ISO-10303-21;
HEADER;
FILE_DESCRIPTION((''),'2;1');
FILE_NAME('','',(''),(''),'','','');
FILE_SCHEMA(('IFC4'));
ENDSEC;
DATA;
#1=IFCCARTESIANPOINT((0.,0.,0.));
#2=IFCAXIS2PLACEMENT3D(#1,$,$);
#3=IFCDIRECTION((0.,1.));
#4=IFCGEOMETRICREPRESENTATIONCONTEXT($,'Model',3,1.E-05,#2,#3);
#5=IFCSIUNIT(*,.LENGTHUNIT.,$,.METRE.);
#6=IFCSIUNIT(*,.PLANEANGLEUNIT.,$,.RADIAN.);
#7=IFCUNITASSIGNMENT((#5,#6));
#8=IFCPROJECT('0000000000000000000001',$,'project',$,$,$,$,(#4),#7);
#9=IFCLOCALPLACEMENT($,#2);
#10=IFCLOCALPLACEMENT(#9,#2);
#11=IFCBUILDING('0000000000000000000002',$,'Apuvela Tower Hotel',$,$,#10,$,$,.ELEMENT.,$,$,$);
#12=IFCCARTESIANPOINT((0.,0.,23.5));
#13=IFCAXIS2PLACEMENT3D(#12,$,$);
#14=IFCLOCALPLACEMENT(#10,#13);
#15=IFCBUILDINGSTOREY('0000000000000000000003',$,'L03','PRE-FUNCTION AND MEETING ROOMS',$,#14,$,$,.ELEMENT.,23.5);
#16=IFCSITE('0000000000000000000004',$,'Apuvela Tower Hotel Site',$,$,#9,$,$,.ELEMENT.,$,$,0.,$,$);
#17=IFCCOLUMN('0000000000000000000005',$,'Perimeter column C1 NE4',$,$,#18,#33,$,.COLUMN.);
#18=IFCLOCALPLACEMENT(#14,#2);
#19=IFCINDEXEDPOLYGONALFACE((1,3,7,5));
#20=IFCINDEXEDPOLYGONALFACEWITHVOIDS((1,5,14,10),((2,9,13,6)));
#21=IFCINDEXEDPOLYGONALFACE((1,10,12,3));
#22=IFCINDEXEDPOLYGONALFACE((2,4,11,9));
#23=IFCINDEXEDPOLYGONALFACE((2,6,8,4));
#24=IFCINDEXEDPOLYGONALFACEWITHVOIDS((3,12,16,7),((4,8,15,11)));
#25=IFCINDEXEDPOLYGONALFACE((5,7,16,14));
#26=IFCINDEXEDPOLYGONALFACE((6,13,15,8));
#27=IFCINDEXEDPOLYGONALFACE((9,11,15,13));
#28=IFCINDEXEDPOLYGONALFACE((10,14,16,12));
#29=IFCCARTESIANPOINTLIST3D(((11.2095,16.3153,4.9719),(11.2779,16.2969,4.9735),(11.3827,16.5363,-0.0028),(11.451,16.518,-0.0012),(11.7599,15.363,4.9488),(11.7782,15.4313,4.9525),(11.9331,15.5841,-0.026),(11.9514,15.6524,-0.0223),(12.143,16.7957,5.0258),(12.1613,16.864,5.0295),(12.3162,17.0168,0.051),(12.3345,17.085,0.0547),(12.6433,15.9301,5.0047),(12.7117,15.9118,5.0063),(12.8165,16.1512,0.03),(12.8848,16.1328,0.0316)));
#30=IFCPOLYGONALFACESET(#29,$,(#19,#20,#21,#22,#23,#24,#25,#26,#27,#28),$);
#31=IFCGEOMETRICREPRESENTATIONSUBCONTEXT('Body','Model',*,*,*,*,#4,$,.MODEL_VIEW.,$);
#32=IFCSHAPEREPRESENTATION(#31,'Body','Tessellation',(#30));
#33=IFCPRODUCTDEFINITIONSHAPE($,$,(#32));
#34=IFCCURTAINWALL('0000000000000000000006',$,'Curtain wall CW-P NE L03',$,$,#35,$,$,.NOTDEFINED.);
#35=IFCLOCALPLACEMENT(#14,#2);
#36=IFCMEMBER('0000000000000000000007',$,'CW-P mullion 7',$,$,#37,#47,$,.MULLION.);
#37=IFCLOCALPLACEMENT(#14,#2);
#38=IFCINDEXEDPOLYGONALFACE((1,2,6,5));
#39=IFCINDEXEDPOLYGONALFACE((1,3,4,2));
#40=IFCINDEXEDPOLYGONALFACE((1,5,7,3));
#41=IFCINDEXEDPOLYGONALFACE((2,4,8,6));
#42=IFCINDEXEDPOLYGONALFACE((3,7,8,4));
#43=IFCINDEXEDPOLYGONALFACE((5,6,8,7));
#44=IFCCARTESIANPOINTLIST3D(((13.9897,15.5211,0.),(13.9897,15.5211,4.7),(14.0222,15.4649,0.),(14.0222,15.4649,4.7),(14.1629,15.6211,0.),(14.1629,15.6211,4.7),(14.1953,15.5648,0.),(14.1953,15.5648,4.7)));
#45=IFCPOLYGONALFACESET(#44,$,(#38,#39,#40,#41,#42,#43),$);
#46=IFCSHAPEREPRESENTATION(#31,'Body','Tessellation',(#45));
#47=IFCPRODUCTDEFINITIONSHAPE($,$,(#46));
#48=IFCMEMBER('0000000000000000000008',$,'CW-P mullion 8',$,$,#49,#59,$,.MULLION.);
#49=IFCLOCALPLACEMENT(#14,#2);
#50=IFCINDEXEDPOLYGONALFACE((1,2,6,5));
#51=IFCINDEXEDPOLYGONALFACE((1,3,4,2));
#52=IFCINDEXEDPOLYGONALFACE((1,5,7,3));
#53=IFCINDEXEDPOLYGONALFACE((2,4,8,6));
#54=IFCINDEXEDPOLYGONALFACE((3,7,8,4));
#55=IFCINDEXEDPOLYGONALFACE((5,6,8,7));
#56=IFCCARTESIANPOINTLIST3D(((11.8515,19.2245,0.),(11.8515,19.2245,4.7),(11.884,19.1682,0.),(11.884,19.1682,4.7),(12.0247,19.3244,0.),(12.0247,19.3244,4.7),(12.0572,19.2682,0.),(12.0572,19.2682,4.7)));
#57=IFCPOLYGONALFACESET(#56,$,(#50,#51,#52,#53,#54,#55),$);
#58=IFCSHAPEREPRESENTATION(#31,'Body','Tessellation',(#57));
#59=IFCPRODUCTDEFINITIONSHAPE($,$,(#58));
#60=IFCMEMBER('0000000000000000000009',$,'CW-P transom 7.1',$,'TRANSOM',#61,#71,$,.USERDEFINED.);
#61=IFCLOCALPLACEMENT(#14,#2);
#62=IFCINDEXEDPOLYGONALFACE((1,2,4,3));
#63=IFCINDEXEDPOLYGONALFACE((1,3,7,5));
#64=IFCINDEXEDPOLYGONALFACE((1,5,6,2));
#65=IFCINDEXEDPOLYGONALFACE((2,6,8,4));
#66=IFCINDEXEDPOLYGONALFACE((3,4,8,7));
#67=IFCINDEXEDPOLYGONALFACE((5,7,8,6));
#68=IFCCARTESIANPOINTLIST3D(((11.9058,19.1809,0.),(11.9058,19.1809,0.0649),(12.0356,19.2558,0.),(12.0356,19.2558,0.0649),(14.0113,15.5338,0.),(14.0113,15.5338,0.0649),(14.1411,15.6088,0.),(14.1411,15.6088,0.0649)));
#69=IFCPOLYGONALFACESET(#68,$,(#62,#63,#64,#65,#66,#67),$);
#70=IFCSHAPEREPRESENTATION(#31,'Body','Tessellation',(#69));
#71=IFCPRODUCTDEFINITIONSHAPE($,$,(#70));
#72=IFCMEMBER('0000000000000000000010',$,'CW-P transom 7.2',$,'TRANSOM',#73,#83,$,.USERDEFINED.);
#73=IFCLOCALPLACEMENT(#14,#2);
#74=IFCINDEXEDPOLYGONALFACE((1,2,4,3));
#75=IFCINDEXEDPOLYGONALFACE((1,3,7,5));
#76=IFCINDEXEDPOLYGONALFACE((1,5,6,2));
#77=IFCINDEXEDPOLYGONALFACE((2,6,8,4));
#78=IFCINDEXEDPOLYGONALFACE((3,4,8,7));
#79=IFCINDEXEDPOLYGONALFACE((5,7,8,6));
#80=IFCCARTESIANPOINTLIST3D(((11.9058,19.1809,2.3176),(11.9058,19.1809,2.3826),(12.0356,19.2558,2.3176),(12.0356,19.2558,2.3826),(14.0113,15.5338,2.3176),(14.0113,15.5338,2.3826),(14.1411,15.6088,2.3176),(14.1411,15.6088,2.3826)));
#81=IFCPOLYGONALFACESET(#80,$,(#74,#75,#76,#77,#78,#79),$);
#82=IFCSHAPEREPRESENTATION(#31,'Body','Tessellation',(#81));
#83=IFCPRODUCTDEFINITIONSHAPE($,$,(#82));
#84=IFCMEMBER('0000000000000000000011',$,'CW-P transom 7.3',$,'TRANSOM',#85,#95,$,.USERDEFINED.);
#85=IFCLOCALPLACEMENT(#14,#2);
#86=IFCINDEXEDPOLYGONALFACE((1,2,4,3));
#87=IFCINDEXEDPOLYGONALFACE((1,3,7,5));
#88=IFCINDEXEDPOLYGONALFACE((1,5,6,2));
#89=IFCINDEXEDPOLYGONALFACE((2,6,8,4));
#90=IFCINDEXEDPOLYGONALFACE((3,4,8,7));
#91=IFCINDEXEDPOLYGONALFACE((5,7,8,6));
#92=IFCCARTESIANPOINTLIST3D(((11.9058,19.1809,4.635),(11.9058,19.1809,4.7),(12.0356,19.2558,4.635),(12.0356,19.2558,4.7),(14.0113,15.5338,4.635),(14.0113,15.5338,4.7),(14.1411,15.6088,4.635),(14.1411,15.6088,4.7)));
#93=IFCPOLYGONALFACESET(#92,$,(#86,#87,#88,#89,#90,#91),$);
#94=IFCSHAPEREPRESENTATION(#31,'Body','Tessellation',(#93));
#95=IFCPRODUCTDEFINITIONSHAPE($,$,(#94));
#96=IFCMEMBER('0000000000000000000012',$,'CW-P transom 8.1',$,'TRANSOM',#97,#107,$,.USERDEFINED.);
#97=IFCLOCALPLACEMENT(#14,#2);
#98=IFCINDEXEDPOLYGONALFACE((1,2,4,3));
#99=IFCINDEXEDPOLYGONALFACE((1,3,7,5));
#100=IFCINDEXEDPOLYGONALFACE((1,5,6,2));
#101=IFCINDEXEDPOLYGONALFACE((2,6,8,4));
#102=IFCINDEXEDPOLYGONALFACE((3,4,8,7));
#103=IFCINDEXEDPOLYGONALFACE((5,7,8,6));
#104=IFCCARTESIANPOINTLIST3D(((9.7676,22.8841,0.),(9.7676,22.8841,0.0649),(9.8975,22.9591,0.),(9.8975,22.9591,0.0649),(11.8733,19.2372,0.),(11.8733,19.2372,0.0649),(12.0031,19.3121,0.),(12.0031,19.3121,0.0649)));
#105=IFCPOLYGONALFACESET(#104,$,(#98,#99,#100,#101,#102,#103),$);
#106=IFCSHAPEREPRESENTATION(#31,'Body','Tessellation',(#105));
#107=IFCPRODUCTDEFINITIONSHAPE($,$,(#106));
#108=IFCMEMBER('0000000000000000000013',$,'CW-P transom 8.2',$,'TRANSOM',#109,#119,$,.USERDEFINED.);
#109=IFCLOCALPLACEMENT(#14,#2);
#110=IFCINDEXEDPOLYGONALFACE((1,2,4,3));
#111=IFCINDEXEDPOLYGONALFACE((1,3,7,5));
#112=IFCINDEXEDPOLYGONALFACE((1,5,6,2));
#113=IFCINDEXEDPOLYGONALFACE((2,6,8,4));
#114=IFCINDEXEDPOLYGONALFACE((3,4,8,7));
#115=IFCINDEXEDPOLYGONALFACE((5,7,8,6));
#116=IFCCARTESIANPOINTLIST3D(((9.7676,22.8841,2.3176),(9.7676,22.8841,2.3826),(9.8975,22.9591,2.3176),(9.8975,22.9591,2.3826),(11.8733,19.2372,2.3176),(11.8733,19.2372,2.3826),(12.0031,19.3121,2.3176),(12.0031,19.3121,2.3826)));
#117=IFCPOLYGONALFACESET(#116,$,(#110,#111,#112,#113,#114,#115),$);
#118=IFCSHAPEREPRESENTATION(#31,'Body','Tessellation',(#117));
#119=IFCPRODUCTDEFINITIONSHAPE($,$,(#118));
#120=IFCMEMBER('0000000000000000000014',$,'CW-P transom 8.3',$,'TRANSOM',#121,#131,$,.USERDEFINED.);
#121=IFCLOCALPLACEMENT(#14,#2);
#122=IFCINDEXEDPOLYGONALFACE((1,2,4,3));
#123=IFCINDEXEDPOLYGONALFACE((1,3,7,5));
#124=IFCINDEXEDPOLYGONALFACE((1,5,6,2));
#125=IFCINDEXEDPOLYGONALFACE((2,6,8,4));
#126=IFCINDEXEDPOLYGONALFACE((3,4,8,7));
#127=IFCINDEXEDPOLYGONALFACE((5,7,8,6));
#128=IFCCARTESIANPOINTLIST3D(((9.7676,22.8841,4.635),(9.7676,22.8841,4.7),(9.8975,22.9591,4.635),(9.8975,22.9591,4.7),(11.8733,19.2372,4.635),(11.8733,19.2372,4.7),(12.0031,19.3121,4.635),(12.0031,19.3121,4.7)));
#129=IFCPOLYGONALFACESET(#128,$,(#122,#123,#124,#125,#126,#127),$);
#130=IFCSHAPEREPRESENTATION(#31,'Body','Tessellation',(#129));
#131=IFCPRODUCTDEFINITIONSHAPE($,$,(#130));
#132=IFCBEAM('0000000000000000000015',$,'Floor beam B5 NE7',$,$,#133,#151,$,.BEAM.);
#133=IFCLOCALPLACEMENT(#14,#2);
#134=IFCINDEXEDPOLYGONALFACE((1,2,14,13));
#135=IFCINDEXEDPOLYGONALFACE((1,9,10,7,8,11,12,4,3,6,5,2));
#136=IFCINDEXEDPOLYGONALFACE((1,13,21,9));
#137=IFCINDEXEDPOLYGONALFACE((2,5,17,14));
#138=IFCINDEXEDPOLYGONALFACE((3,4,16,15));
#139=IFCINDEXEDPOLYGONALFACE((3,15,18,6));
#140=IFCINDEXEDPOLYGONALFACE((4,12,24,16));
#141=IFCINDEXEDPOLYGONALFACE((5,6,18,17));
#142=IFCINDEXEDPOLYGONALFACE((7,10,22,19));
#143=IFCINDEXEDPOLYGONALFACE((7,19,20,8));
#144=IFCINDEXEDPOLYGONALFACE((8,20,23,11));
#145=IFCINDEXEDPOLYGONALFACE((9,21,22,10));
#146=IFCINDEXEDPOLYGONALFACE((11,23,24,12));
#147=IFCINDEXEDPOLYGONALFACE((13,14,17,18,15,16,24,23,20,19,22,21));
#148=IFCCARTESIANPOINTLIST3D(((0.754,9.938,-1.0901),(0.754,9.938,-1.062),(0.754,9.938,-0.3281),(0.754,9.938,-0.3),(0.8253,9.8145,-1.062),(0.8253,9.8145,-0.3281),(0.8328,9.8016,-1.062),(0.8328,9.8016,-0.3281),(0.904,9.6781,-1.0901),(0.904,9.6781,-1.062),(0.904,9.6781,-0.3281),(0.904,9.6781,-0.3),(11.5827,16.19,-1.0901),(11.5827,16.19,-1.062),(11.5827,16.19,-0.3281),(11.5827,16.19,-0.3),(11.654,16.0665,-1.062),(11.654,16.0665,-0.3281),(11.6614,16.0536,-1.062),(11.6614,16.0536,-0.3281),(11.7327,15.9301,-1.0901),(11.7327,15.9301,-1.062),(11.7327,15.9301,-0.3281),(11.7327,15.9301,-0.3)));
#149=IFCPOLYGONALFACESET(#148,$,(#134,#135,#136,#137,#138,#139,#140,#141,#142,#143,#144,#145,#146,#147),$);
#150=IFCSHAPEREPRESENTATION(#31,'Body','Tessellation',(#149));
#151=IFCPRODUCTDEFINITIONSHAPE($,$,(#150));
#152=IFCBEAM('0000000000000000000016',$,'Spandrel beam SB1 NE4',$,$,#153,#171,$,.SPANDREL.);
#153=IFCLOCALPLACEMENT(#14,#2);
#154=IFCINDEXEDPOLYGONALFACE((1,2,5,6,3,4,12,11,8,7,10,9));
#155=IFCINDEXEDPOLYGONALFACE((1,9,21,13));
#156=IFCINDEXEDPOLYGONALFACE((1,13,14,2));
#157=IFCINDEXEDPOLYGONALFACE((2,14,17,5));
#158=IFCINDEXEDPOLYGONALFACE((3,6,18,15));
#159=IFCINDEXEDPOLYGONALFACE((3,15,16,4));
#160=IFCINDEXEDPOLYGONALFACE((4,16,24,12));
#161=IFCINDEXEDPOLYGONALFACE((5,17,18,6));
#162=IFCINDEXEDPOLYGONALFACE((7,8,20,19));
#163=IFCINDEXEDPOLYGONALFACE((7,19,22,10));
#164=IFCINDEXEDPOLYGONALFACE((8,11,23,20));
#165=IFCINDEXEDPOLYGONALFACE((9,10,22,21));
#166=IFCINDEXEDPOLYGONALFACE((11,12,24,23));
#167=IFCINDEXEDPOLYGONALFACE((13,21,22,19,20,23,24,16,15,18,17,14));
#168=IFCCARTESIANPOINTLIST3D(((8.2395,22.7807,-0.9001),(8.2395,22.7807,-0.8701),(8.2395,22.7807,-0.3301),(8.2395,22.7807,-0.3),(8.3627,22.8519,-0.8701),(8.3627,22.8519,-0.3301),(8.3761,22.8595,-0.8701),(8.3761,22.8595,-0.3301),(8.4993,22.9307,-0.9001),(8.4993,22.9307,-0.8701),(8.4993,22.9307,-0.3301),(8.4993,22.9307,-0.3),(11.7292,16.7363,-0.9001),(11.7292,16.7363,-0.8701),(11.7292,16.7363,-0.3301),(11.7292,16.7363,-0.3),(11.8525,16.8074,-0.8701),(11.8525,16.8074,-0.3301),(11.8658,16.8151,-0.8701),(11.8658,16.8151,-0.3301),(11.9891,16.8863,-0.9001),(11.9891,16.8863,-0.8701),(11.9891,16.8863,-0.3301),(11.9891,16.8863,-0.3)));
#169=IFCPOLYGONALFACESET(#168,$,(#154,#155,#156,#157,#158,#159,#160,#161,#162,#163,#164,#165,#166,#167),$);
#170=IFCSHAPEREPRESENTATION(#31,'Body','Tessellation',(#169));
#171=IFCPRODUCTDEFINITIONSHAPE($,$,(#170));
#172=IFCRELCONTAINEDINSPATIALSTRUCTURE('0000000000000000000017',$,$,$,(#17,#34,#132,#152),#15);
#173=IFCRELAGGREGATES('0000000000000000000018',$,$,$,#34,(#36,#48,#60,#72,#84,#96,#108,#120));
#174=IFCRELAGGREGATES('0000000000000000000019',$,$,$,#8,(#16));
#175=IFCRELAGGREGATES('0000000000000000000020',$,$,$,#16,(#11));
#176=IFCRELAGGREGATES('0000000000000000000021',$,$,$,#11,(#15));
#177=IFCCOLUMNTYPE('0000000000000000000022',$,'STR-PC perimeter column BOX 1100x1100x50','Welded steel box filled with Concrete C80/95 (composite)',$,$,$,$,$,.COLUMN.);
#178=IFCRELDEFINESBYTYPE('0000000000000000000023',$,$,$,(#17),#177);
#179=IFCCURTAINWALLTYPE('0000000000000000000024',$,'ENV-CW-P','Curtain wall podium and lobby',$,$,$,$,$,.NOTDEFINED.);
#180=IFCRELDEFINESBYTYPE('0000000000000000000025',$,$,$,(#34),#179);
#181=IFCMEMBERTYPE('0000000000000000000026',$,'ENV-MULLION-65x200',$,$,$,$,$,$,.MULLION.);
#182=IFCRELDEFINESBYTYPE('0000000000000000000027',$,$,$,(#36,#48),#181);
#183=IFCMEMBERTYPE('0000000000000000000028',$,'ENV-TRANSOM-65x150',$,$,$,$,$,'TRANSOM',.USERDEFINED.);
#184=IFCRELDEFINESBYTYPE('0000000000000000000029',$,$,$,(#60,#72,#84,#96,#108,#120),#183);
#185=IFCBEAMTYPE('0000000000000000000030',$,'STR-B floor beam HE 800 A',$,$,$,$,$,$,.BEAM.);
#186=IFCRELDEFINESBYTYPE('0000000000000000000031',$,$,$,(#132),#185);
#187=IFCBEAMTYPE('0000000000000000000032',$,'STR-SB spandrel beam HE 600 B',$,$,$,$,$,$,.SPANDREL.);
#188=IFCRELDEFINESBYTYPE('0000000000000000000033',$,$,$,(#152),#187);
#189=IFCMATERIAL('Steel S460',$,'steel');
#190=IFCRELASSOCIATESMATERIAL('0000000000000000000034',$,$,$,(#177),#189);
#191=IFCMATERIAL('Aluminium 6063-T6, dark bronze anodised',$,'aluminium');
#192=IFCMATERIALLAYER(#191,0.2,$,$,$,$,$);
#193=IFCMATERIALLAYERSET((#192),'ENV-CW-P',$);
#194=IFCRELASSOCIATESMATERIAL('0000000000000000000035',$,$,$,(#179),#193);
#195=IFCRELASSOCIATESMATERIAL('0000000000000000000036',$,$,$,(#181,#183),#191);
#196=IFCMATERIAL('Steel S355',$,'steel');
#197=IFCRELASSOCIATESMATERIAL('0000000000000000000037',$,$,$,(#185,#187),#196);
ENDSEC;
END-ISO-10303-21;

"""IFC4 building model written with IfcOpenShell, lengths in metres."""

from ifc_helpers import new_model, si_unit, direction, frame, origin, origin_2d, place, context, subcontext, project, spatial, rectangle, hollow_rectangle, i_section, extrude, boolean, halfspace, material, layer, layer_set, material_profile, profile_set, type_object, element, aggregate, save


model = new_model("IFC4")

# Units and contexts
model_context = context("Model", 3, precision=1e-05, world=origin(), true_north=direction((0.0, 1.0)))
body_context = subcontext(model_context, "Body", "Model", "MODEL_VIEW")
ifc_project = project(units=[si_unit("LENGTHUNIT", "METRE"), si_unit("PLANEANGLEUNIT", "RADIAN")], contexts=[model_context])

# Site, building, storey
site_placement = place(None, origin())
site = spatial("IfcSite", under=ifc_project, at=site_placement, Name="Apuvela Tower Hotel Site", CompositionType="ELEMENT", RefElevation=0.0)
building_placement = place(site_placement, origin())
building = spatial("IfcBuilding", under=site, at=building_placement, Name="Apuvela Tower Hotel", CompositionType="ELEMENT")
storey_placement = place(building_placement, frame((0.0, 0.0, 23.5)))
storey = spatial("IfcBuildingStorey", under=building, at=storey_placement, Name="L03", Description="PRE-FUNCTION AND MEETING ROOMS", CompositionType="ELEMENT", Elevation=23.5)

# Column
ifc_material_1 = material(Name="Steel S460", Category="steel")
ifc_material_profile_1 = material_profile(ifc_material_1, hollow_rectangle(XDim=1.1001, YDim=1.1001, WallThickness=0.05, at=origin_2d()), Name="BOX 1100x1100x50")
ifc_material_2 = material(Name="Concrete C80/95", Category="concrete")
ifc_material_profile_2 = material_profile(ifc_material_2, rectangle(XDim=1.0, YDim=1.0, at=origin_2d()), Name="Concrete C80/95 infill")
ifc_profile_set_1 = profile_set([ifc_material_profile_1, ifc_material_profile_2], Name="Steel S460")
column_type = type_object("IfcColumnType", Name="STR-PC perimeter column BOX 1100x1100x50", Description="Welded steel box filled with Concrete C80/95 (composite)", PredefinedType="COLUMN", material=ifc_profile_set_1)
column_placement = place(storey_placement, frame((12.1343, 16.3352, 0.0), z_axis=(-0.034759, -0.044363, 0.998411), x_axis=(-0.500316, 0.865587, 0.021043)))
element("IfcColumn", 1, at=column_placement, inside=storey, type_object=column_type, Name="Perimeter column C1 NE4", PredefinedType="COLUMN", context=body_context, shape_type="SweptSolid", body=[
    boolean("DIFFERENCE", boolean("DIFFERENCE", extrude(hollow_rectangle(XDim=1.1001, YDim=1.1001, WallThickness=0.05, at=origin_2d()), origin(), (0.0, 0.0, 1.0), 5.0081), halfspace(frame((0.0, 0.0, 0.0144), z_axis=(0.0, 0.0, 1.0), x_axis=(1.0, 0.0, 0.0)), True)), halfspace(frame((0.0, 0.0, 4.9971), z_axis=(0.0, 0.0, 1.0), x_axis=(1.0, 0.0, 0.0)), False)),
])

# Curtain wall, members
ifc_material_3 = material(Name="Aluminium 6063-T6, dark bronze anodised", Category="aluminium")
ifc_layer_1 = layer(ifc_material_3, 0.2)
ifc_layer_set_1 = layer_set([ifc_layer_1], Name="ENV-CW-P")
curtain_wall_type = type_object("IfcCurtainWallType", Name="ENV-CW-P", Description="Curtain wall podium and lobby", PredefinedType="NOTDEFINED", material=ifc_layer_set_1)
curtain_wall_placement = place(storey_placement, origin())
curtain_wall = element("IfcCurtainWall", 2, at=curtain_wall_placement, inside=storey, type_object=curtain_wall_type, Name="Curtain wall CW-P NE L03", PredefinedType="NOTDEFINED")
ifc_material_profile_3 = material_profile(ifc_material_3, rectangle(XDim=0.2, YDim=0.0649, at=origin_2d()), Name="AL 65x200")
ifc_profile_set_2 = profile_set([ifc_material_profile_3], Name="Aluminium 6063-T6, dark bronze anodised")
member_type_1 = type_object("IfcMemberType", Name="ENV-MULLION-65x200", PredefinedType="MULLION", material=ifc_profile_set_2)
member_1_placement = place(storey_placement, frame((14.0925, 15.543, 0.0), z_axis=(0.0, 0.0, 1.0), x_axis=(-0.866026, -0.5, 0.0)))
member_1 = element("IfcMember", 3, at=member_1_placement, type_object=member_type_1, Name="CW-P mullion 7", PredefinedType="MULLION", context=body_context, shape_type="SweptSolid", body=[
    extrude(rectangle(XDim=0.2, YDim=0.0649, at=origin_2d()), origin(), (0.0, 0.0, 1.0), 4.7),
])
member_2_placement = place(storey_placement, frame((11.9543, 19.2463, 0.0), z_axis=(0.0, 0.0, 1.0), x_axis=(-0.866026, -0.5, 0.0)))
member_2 = element("IfcMember", 4, at=member_2_placement, type_object=member_type_1, Name="CW-P mullion 8", PredefinedType="MULLION", context=body_context, shape_type="SweptSolid", body=[
    extrude(rectangle(XDim=0.2, YDim=0.0649, at=origin_2d()), origin(), (0.0, 0.0, 1.0), 4.7),
])
ifc_material_profile_4 = material_profile(ifc_material_3, rectangle(XDim=0.1499, YDim=0.0649, at=origin_2d()), Name="AL 65x150 transom")
ifc_profile_set_3 = profile_set([ifc_material_profile_4], Name="Aluminium 6063-T6, dark bronze anodised")
member_type_2 = type_object("IfcMemberType", Name="ENV-TRANSOM-65x150", ElementType="TRANSOM", PredefinedType="USERDEFINED", material=ifc_profile_set_3)
member_3_placement = place(storey_placement, frame((14.0762, 15.5713, 0.0325), z_axis=(-0.49998, 0.866037, 0.0), x_axis=(-0.866037, -0.49998, 0.0)))
member_3 = element("IfcMember", 5, at=member_3_placement, type_object=member_type_2, Name="CW-P transom 7.1", ObjectType="TRANSOM", PredefinedType="USERDEFINED", context=body_context, shape_type="SweptSolid", body=[
    extrude(rectangle(XDim=0.1499, YDim=0.0649, at=origin_2d()), origin(), (0.0, 0.0, 1.0), 4.2112),
])
member_4_placement = place(storey_placement, frame((14.0762, 15.5713, 2.3501), z_axis=(-0.49998, 0.866037, 0.0), x_axis=(-0.866037, -0.49998, 0.0)))
member_4 = element("IfcMember", 6, at=member_4_placement, type_object=member_type_2, Name="CW-P transom 7.2", ObjectType="TRANSOM", PredefinedType="USERDEFINED", context=body_context, shape_type="SweptSolid", body=[
    extrude(rectangle(XDim=0.1499, YDim=0.0649, at=origin_2d()), origin(), (0.0, 0.0, 1.0), 4.2112),
])
member_5_placement = place(storey_placement, frame((14.0762, 15.5713, 4.6675), z_axis=(-0.49998, 0.866037, 0.0), x_axis=(-0.866037, -0.49998, 0.0)))
member_5 = element("IfcMember", 7, at=member_5_placement, type_object=member_type_2, Name="CW-P transom 7.3", ObjectType="TRANSOM", PredefinedType="USERDEFINED", context=body_context, shape_type="SweptSolid", body=[
    extrude(rectangle(XDim=0.1499, YDim=0.0649, at=origin_2d()), origin(), (0.0, 0.0, 1.0), 4.2112),
])
member_6_placement = place(storey_placement, frame((11.9382, 19.2747, 0.0325), z_axis=(-0.500024, 0.866012, 0.0), x_axis=(-0.866012, -0.500024, 0.0)))
member_6 = element("IfcMember", 8, at=member_6_placement, type_object=member_type_2, Name="CW-P transom 8.1", ObjectType="TRANSOM", PredefinedType="USERDEFINED", context=body_context, shape_type="SweptSolid", body=[
    extrude(rectangle(XDim=0.1499, YDim=0.0649, at=origin_2d()), origin(), (0.0, 0.0, 1.0), 4.2112),
])
member_7_placement = place(storey_placement, frame((11.9382, 19.2747, 2.3501), z_axis=(-0.500024, 0.866012, 0.0), x_axis=(-0.866012, -0.500024, 0.0)))
member_7 = element("IfcMember", 9, at=member_7_placement, type_object=member_type_2, Name="CW-P transom 8.2", ObjectType="TRANSOM", PredefinedType="USERDEFINED", context=body_context, shape_type="SweptSolid", body=[
    extrude(rectangle(XDim=0.1499, YDim=0.0649, at=origin_2d()), origin(), (0.0, 0.0, 1.0), 4.2112),
])
member_8_placement = place(storey_placement, frame((11.9382, 19.2747, 4.6675), z_axis=(-0.500024, 0.866012, 0.0), x_axis=(-0.866012, -0.500024, 0.0)))
member_8 = element("IfcMember", 10, at=member_8_placement, type_object=member_type_2, Name="CW-P transom 8.3", ObjectType="TRANSOM", PredefinedType="USERDEFINED", context=body_context, shape_type="SweptSolid", body=[
    extrude(rectangle(XDim=0.1499, YDim=0.0649, at=origin_2d()), origin(), (0.0, 0.0, 1.0), 4.2112),
])

# Beams
ifc_material_4 = material(Name="Steel S355", Category="steel")
ifc_material_profile_5 = material_profile(ifc_material_4, i_section(OverallWidth=0.3, OverallDepth=0.79, WebThickness=0.0149, FlangeThickness=0.0281, at=origin_2d()), Name="HE 800 A")
ifc_profile_set_4 = profile_set([ifc_material_profile_5], Name="Steel S355")
beam_type_1 = type_object("IfcBeamType", Name="STR-B floor beam HE 800 A", PredefinedType="BEAM", material=ifc_profile_set_4)
beam_1_placement = place(storey_placement, frame((11.6577, 16.0601, -0.6951), z_axis=(-0.866024, -0.500003, 0.0), x_axis=(0.500003, -0.866024, 0.0)))
element("IfcBeam", 11, at=beam_1_placement, inside=storey, type_object=beam_type_1, Name="Floor beam B5 NE7", PredefinedType="BEAM", context=body_context, shape_type="SweptSolid", body=[
    extrude(i_section(OverallWidth=0.3, OverallDepth=0.79, WebThickness=0.0149, FlangeThickness=0.0281, at=origin_2d()), origin(), (0.0, 0.0, 1.0), 12.5039),
])
ifc_material_profile_6 = material_profile(ifc_material_4, i_section(OverallWidth=0.3, OverallDepth=0.6001, WebThickness=0.0154, FlangeThickness=0.03, at=origin_2d()), Name="HE 600 B")
ifc_profile_set_5 = profile_set([ifc_material_profile_6], Name="Steel S355")
beam_type_2 = type_object("IfcBeamType", Name="STR-SB spandrel beam HE 600 B", PredefinedType="SPANDREL", material=ifc_profile_set_5)
beam_2_placement = place(storey_placement, frame((11.8591, 16.8113, -0.6001), z_axis=(-0.499999, 0.866026, 0.0), x_axis=(-0.866026, -0.499999, 0.0)))
element("IfcBeam", 12, at=beam_2_placement, inside=storey, type_object=beam_type_2, Name="Spandrel beam SB1 NE4", PredefinedType="SPANDREL", context=body_context, shape_type="SweptSolid", body=[
    extrude(i_section(OverallWidth=0.3, OverallDepth=0.6001, WebThickness=0.0154, FlangeThickness=0.03, at=origin_2d()), origin(), (0.0, 0.0, 1.0), 6.9795),
])

aggregate(curtain_wall, [member_1, member_2, member_3, member_4, member_5, member_6, member_7, member_8])

save(model, "model.ifc")
